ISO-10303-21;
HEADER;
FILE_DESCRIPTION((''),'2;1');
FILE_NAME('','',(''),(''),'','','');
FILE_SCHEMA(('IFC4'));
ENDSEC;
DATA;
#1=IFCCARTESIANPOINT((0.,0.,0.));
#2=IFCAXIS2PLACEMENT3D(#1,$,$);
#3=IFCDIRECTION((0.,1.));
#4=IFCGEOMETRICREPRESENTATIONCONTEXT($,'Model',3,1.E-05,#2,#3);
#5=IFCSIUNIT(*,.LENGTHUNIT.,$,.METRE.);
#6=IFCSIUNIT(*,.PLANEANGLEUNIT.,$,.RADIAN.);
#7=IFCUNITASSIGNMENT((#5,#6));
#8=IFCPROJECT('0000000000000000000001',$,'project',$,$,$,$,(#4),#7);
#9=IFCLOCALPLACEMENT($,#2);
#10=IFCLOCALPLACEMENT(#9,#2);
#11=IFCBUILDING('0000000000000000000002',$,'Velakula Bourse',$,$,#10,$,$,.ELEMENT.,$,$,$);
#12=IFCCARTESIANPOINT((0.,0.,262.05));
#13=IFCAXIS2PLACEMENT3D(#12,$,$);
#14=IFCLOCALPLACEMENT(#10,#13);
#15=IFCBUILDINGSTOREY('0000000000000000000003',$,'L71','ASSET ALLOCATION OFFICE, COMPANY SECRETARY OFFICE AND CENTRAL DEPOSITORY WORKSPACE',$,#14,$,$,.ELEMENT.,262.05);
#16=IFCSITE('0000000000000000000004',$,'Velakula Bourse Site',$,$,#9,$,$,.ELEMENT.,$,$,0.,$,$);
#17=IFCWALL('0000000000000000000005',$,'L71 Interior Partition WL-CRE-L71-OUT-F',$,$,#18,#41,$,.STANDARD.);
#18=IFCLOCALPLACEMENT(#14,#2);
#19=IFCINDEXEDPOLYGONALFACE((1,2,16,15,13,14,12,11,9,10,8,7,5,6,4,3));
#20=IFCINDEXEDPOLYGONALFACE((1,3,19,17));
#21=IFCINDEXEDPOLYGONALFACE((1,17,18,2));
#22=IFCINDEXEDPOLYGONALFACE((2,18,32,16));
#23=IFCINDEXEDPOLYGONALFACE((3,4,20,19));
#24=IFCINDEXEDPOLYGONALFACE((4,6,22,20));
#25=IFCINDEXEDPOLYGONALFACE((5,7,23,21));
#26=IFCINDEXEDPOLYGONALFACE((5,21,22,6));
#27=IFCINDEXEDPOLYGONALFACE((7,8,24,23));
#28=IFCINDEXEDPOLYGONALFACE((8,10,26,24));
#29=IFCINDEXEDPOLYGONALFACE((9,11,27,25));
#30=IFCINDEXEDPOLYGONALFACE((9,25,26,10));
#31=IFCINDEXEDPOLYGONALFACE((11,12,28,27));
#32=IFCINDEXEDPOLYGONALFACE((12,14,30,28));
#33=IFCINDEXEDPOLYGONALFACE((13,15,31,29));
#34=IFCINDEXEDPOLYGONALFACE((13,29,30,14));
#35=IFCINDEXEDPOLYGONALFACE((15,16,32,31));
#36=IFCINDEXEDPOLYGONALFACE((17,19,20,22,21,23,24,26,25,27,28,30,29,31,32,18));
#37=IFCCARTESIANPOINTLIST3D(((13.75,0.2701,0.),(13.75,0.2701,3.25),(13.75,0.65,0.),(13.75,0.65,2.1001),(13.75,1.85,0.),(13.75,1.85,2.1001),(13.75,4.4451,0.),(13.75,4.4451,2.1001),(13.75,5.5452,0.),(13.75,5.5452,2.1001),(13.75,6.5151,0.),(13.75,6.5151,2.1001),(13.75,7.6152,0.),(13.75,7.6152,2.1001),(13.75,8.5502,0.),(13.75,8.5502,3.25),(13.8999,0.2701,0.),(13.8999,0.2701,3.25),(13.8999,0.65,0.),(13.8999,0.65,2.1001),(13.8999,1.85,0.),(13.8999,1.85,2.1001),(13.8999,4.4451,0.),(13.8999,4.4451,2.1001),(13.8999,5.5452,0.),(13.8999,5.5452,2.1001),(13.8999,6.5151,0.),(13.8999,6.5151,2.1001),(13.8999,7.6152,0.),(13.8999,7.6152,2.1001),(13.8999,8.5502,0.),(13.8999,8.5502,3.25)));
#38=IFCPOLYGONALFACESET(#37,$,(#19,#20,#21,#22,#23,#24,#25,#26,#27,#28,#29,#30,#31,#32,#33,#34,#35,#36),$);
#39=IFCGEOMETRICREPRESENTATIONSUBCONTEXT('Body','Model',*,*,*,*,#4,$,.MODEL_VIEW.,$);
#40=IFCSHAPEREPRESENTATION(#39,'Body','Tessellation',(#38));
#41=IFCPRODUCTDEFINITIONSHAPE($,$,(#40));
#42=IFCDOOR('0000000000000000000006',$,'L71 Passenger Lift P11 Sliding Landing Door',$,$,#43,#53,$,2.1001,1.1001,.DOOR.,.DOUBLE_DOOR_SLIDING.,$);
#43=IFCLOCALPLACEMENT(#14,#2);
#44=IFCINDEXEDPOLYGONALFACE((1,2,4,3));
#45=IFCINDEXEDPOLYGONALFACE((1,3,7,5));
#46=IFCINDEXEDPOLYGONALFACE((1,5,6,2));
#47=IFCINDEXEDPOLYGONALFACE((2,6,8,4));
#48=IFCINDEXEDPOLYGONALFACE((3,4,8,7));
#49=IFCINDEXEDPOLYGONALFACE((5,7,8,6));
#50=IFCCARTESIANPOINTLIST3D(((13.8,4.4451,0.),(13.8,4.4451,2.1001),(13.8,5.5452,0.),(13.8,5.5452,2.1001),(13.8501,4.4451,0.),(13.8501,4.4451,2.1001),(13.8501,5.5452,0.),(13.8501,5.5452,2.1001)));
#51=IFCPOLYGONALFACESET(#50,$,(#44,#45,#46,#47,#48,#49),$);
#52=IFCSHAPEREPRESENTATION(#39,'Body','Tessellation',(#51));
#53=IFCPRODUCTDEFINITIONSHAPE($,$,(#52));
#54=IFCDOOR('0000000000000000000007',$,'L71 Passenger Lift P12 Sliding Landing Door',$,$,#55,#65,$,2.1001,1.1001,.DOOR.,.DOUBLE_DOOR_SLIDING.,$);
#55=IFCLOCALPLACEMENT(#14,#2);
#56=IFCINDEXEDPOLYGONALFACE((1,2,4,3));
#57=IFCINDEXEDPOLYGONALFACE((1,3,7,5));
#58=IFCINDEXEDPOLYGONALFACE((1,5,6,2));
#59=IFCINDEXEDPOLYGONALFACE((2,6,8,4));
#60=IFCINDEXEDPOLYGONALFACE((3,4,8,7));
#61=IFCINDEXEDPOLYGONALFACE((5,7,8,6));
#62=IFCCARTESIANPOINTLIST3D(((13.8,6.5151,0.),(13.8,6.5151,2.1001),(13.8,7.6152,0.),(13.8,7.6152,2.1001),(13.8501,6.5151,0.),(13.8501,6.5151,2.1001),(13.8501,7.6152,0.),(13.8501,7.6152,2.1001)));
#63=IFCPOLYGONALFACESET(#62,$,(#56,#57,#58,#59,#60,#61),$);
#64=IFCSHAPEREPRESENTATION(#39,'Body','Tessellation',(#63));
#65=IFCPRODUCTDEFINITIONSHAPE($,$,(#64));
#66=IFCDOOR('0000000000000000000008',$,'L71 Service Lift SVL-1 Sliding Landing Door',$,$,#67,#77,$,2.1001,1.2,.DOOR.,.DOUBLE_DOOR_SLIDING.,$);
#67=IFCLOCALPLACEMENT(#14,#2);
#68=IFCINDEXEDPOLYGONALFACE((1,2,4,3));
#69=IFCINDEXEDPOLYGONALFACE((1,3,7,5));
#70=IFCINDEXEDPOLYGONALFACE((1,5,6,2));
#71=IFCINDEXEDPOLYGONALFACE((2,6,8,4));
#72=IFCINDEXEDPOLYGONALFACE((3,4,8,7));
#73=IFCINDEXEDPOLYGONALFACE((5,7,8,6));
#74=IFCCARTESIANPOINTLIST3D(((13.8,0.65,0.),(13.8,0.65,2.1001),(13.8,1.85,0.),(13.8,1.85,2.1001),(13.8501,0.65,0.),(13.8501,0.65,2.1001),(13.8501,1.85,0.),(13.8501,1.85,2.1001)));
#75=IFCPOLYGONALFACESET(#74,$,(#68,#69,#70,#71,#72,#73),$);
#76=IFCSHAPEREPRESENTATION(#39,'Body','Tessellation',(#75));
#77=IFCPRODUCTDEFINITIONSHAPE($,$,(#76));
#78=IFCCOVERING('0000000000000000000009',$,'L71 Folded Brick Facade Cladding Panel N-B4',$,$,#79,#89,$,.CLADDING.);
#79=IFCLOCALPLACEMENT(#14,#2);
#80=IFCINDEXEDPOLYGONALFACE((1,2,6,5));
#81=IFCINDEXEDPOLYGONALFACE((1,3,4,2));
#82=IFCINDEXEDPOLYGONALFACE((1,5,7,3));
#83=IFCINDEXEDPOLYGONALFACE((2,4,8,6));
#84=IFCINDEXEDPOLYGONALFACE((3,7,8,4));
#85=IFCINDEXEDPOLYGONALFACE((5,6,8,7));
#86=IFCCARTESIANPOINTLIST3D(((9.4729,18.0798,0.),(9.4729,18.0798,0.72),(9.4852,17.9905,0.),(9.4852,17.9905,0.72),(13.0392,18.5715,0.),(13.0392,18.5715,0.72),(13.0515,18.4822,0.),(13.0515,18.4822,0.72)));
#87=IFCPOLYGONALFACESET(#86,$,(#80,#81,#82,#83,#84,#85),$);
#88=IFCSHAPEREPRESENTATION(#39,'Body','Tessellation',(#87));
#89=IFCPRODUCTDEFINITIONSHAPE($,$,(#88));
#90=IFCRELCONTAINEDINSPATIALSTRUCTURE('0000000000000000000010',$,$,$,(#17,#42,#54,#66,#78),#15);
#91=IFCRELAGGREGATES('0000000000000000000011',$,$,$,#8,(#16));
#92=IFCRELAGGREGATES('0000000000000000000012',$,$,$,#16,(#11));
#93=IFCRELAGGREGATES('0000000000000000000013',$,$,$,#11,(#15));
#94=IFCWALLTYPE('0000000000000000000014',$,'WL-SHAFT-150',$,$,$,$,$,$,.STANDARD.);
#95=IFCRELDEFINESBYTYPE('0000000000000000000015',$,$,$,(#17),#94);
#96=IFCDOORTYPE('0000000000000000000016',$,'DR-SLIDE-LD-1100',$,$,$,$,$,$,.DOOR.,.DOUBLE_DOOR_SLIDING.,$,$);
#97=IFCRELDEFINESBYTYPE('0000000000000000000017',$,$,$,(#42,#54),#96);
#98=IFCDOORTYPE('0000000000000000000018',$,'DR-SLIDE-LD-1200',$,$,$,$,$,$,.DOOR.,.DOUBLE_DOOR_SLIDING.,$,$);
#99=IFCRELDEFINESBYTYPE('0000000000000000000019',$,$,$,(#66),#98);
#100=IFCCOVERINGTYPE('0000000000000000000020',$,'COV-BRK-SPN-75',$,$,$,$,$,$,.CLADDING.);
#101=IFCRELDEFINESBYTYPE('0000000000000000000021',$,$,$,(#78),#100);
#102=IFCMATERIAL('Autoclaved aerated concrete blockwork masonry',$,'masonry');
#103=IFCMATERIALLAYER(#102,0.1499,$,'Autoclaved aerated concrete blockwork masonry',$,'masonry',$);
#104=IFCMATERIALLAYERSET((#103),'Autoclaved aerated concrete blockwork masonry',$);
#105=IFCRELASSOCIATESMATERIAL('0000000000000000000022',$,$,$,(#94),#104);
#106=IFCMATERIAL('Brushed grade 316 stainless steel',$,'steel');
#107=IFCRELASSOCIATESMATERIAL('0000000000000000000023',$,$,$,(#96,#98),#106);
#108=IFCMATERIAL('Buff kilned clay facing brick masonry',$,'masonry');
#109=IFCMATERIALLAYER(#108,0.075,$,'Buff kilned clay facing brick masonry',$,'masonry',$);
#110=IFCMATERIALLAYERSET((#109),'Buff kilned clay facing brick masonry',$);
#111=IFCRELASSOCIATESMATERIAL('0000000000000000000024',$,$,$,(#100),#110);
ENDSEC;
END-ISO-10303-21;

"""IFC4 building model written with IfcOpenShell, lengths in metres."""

from ifc_helpers import new_model, si_unit, direction, frame, frame_2d, origin, origin_2d, place, context, subcontext, project, spatial, rectangle, extrude, material, layer, layer_set, type_object, element, fill, save


model = new_model("IFC4")

# Units and contexts
model_context = context("Model", 3, precision=1e-05, world=origin(), true_north=direction((0.0, 1.0)))
body_context = subcontext(model_context, "Body", "Model", "MODEL_VIEW")
ifc_project = project(units=[si_unit("LENGTHUNIT", "METRE"), si_unit("PLANEANGLEUNIT", "RADIAN")], contexts=[model_context])

# Site, building, storey
site_placement = place(None, origin())
site = spatial("IfcSite", under=ifc_project, at=site_placement, Name="Velakula Bourse Site", CompositionType="ELEMENT", RefElevation=0.0)
building_placement = place(site_placement, origin())
building = spatial("IfcBuilding", under=site, at=building_placement, Name="Velakula Bourse", CompositionType="ELEMENT")
storey_placement = place(building_placement, frame((0.0, 0.0, 262.05)))
storey = spatial("IfcBuildingStorey", under=building, at=storey_placement, Name="L71", Description="ASSET ALLOCATION OFFICE, COMPANY SECRETARY OFFICE AND CENTRAL DEPOSITORY WORKSPACE", CompositionType="ELEMENT", Elevation=262.05)

# Shared definitions
ifc_material_1 = material(Name="Buff kilned clay facing brick masonry", Category="masonry")

# Shared definitions
ifc_material_2 = material(Name="Autoclaved aerated concrete blockwork masonry", Category="masonry")
ifc_layer_1 = layer(ifc_material_2, 0.1499, Name="Autoclaved aerated concrete blockwork masonry", Category="masonry")
ifc_layer_set_1 = layer_set([ifc_layer_1], Name="Autoclaved aerated concrete blockwork masonry")
wall_type_1 = type_object("IfcWallType", Name="WL-SHAFT-150", PredefinedType="STANDARD", material=ifc_layer_set_1)

# Wall, openings, doors
wall_1_placement = place(storey_placement, frame((13.825, 0.27, 0.0), z_axis=(0.0, 0.0, 1.0), x_axis=(0.0, 1.0, 0.0)))
wall_1 = element("IfcWall", 1, at=wall_1_placement, inside=storey, type_object=wall_type_1, Name="L71 Interior Partition WL-CRE-L71-OUT-F", PredefinedType="STANDARD", context=body_context, shape_type="SweptSolid", body=[
    extrude(rectangle(XDim=8.28, YDim=0.1499, at=frame_2d((4.1401, 0.0))), origin(), (0.0, 0.0, 1.0), 3.25),
])
opening_1_placement = place(wall_1_placement, frame((4.175, 0.0, 0.0)))
opening_1 = element("IfcOpeningElement", 2, at=opening_1_placement, cuts=wall_1, PredefinedType="OPENING", context=body_context, shape_type="SweptSolid", body=[
    extrude(rectangle(XDim=1.1001, YDim=2.1001, at=frame_2d((0.55, 1.05))), frame((0.0, 0.085, 0.0), z_axis=(0.0, -1.0, 0.0), x_axis=(1.0, 0.0, 0.0)), (0.0, 0.0, 1.0), 0.1699),
])
opening_2_placement = place(wall_1_placement, frame((6.2451, 0.0, 0.0)))
opening_2 = element("IfcOpeningElement", 3, at=opening_2_placement, cuts=wall_1, PredefinedType="OPENING", context=body_context, shape_type="SweptSolid", body=[
    extrude(rectangle(XDim=1.1001, YDim=2.1001, at=frame_2d((0.55, 1.05))), frame((0.0, 0.085, 0.0), z_axis=(0.0, -1.0, 0.0), x_axis=(1.0, 0.0, 0.0)), (0.0, 0.0, 1.0), 0.1699),
])
opening_3_placement = place(wall_1_placement, frame((0.3799, 0.0, 0.0)))
opening_3 = element("IfcOpeningElement", 4, at=opening_3_placement, cuts=wall_1, PredefinedType="OPENING", context=body_context, shape_type="SweptSolid", body=[
    extrude(rectangle(XDim=1.2, YDim=2.1001, at=frame_2d((0.6001, 1.05))), frame((0.0, 0.085, 0.0), z_axis=(0.0, -1.0, 0.0), x_axis=(1.0, 0.0, 0.0)), (0.0, 0.0, 1.0), 0.1699),
])
ifc_material_3 = material(Name="Brushed grade 316 stainless steel", Category="steel")
door_type_1 = type_object("IfcDoorType", Name="DR-SLIDE-LD-1100", OperationType="DOUBLE_DOOR_SLIDING", PredefinedType="DOOR", material=ifc_material_3)
door_1_placement = place(opening_1_placement, origin())
door_1 = element("IfcDoor", 5, at=door_1_placement, inside=storey, type_object=door_type_1, Name="L71 Passenger Lift P11 Sliding Landing Door", OperationType="DOUBLE_DOOR_SLIDING", OverallHeight=2.1001, OverallWidth=1.1001, PredefinedType="DOOR", context=body_context, shape_type="SweptSolid", body=[
    extrude(rectangle(XDim=1.1001, YDim=2.1001, at=frame_2d((0.55, 1.05))), frame((0.0, 0.0249, 0.0), z_axis=(0.0, -1.0, 0.0), x_axis=(1.0, 0.0, 0.0)), (0.0, 0.0, 1.0), 0.05),
])
fill(opening_1, door_1)
door_2_placement = place(opening_2_placement, origin())
door_2 = element("IfcDoor", 6, at=door_2_placement, inside=storey, type_object=door_type_1, Name="L71 Passenger Lift P12 Sliding Landing Door", OperationType="DOUBLE_DOOR_SLIDING", OverallHeight=2.1001, OverallWidth=1.1001, PredefinedType="DOOR", context=body_context, shape_type="SweptSolid", body=[
    extrude(rectangle(XDim=1.1001, YDim=2.1001, at=frame_2d((0.55, 1.05))), frame((0.0, 0.0249, 0.0), z_axis=(0.0, -1.0, 0.0), x_axis=(1.0, 0.0, 0.0)), (0.0, 0.0, 1.0), 0.05),
])
fill(opening_2, door_2)
door_type_2 = type_object("IfcDoorType", Name="DR-SLIDE-LD-1200", OperationType="DOUBLE_DOOR_SLIDING", PredefinedType="DOOR", material=ifc_material_3)
door_3_placement = place(opening_3_placement, origin())
door_3 = element("IfcDoor", 7, at=door_3_placement, inside=storey, type_object=door_type_2, Name="L71 Service Lift SVL-1 Sliding Landing Door", OperationType="DOUBLE_DOOR_SLIDING", OverallHeight=2.1001, OverallWidth=1.2, PredefinedType="DOOR", context=body_context, shape_type="SweptSolid", body=[
    extrude(rectangle(XDim=1.2, YDim=2.1001, at=frame_2d((0.6001, 1.05))), frame((0.0, 0.0249, 0.0), z_axis=(0.0, -1.0, 0.0), x_axis=(1.0, 0.0, 0.0)), (0.0, 0.0, 1.0), 0.05),
])
fill(opening_3, door_3)

# Covering
ifc_layer_2 = layer(ifc_material_1, 0.075, Name="Buff kilned clay facing brick masonry", Category="masonry")
ifc_layer_set_2 = layer_set([ifc_layer_2], Name="Buff kilned clay facing brick masonry")
covering_type = type_object("IfcCoveringType", Name="COV-BRK-SPN-75", PredefinedType="CLADDING", material=ifc_layer_set_2)
covering_placement = place(storey_placement, frame((11.2622, 18.281, 0.0), z_axis=(0.0, 0.0, 1.0), x_axis=(0.990629, 0.13658, 0.0)))
element("IfcCovering", 8, at=covering_placement, inside=storey, type_object=covering_type, Name="L71 Folded Brick Facade Cladding Panel N-B4", PredefinedType="CLADDING", context=body_context, shape_type="SweptSolid", body=[
    extrude(rectangle(XDim=3.6001, YDim=0.0901, at=origin_2d()), origin(), (0.0, 0.0, 1.0), 0.72),
])

save(model, "model.ifc")
